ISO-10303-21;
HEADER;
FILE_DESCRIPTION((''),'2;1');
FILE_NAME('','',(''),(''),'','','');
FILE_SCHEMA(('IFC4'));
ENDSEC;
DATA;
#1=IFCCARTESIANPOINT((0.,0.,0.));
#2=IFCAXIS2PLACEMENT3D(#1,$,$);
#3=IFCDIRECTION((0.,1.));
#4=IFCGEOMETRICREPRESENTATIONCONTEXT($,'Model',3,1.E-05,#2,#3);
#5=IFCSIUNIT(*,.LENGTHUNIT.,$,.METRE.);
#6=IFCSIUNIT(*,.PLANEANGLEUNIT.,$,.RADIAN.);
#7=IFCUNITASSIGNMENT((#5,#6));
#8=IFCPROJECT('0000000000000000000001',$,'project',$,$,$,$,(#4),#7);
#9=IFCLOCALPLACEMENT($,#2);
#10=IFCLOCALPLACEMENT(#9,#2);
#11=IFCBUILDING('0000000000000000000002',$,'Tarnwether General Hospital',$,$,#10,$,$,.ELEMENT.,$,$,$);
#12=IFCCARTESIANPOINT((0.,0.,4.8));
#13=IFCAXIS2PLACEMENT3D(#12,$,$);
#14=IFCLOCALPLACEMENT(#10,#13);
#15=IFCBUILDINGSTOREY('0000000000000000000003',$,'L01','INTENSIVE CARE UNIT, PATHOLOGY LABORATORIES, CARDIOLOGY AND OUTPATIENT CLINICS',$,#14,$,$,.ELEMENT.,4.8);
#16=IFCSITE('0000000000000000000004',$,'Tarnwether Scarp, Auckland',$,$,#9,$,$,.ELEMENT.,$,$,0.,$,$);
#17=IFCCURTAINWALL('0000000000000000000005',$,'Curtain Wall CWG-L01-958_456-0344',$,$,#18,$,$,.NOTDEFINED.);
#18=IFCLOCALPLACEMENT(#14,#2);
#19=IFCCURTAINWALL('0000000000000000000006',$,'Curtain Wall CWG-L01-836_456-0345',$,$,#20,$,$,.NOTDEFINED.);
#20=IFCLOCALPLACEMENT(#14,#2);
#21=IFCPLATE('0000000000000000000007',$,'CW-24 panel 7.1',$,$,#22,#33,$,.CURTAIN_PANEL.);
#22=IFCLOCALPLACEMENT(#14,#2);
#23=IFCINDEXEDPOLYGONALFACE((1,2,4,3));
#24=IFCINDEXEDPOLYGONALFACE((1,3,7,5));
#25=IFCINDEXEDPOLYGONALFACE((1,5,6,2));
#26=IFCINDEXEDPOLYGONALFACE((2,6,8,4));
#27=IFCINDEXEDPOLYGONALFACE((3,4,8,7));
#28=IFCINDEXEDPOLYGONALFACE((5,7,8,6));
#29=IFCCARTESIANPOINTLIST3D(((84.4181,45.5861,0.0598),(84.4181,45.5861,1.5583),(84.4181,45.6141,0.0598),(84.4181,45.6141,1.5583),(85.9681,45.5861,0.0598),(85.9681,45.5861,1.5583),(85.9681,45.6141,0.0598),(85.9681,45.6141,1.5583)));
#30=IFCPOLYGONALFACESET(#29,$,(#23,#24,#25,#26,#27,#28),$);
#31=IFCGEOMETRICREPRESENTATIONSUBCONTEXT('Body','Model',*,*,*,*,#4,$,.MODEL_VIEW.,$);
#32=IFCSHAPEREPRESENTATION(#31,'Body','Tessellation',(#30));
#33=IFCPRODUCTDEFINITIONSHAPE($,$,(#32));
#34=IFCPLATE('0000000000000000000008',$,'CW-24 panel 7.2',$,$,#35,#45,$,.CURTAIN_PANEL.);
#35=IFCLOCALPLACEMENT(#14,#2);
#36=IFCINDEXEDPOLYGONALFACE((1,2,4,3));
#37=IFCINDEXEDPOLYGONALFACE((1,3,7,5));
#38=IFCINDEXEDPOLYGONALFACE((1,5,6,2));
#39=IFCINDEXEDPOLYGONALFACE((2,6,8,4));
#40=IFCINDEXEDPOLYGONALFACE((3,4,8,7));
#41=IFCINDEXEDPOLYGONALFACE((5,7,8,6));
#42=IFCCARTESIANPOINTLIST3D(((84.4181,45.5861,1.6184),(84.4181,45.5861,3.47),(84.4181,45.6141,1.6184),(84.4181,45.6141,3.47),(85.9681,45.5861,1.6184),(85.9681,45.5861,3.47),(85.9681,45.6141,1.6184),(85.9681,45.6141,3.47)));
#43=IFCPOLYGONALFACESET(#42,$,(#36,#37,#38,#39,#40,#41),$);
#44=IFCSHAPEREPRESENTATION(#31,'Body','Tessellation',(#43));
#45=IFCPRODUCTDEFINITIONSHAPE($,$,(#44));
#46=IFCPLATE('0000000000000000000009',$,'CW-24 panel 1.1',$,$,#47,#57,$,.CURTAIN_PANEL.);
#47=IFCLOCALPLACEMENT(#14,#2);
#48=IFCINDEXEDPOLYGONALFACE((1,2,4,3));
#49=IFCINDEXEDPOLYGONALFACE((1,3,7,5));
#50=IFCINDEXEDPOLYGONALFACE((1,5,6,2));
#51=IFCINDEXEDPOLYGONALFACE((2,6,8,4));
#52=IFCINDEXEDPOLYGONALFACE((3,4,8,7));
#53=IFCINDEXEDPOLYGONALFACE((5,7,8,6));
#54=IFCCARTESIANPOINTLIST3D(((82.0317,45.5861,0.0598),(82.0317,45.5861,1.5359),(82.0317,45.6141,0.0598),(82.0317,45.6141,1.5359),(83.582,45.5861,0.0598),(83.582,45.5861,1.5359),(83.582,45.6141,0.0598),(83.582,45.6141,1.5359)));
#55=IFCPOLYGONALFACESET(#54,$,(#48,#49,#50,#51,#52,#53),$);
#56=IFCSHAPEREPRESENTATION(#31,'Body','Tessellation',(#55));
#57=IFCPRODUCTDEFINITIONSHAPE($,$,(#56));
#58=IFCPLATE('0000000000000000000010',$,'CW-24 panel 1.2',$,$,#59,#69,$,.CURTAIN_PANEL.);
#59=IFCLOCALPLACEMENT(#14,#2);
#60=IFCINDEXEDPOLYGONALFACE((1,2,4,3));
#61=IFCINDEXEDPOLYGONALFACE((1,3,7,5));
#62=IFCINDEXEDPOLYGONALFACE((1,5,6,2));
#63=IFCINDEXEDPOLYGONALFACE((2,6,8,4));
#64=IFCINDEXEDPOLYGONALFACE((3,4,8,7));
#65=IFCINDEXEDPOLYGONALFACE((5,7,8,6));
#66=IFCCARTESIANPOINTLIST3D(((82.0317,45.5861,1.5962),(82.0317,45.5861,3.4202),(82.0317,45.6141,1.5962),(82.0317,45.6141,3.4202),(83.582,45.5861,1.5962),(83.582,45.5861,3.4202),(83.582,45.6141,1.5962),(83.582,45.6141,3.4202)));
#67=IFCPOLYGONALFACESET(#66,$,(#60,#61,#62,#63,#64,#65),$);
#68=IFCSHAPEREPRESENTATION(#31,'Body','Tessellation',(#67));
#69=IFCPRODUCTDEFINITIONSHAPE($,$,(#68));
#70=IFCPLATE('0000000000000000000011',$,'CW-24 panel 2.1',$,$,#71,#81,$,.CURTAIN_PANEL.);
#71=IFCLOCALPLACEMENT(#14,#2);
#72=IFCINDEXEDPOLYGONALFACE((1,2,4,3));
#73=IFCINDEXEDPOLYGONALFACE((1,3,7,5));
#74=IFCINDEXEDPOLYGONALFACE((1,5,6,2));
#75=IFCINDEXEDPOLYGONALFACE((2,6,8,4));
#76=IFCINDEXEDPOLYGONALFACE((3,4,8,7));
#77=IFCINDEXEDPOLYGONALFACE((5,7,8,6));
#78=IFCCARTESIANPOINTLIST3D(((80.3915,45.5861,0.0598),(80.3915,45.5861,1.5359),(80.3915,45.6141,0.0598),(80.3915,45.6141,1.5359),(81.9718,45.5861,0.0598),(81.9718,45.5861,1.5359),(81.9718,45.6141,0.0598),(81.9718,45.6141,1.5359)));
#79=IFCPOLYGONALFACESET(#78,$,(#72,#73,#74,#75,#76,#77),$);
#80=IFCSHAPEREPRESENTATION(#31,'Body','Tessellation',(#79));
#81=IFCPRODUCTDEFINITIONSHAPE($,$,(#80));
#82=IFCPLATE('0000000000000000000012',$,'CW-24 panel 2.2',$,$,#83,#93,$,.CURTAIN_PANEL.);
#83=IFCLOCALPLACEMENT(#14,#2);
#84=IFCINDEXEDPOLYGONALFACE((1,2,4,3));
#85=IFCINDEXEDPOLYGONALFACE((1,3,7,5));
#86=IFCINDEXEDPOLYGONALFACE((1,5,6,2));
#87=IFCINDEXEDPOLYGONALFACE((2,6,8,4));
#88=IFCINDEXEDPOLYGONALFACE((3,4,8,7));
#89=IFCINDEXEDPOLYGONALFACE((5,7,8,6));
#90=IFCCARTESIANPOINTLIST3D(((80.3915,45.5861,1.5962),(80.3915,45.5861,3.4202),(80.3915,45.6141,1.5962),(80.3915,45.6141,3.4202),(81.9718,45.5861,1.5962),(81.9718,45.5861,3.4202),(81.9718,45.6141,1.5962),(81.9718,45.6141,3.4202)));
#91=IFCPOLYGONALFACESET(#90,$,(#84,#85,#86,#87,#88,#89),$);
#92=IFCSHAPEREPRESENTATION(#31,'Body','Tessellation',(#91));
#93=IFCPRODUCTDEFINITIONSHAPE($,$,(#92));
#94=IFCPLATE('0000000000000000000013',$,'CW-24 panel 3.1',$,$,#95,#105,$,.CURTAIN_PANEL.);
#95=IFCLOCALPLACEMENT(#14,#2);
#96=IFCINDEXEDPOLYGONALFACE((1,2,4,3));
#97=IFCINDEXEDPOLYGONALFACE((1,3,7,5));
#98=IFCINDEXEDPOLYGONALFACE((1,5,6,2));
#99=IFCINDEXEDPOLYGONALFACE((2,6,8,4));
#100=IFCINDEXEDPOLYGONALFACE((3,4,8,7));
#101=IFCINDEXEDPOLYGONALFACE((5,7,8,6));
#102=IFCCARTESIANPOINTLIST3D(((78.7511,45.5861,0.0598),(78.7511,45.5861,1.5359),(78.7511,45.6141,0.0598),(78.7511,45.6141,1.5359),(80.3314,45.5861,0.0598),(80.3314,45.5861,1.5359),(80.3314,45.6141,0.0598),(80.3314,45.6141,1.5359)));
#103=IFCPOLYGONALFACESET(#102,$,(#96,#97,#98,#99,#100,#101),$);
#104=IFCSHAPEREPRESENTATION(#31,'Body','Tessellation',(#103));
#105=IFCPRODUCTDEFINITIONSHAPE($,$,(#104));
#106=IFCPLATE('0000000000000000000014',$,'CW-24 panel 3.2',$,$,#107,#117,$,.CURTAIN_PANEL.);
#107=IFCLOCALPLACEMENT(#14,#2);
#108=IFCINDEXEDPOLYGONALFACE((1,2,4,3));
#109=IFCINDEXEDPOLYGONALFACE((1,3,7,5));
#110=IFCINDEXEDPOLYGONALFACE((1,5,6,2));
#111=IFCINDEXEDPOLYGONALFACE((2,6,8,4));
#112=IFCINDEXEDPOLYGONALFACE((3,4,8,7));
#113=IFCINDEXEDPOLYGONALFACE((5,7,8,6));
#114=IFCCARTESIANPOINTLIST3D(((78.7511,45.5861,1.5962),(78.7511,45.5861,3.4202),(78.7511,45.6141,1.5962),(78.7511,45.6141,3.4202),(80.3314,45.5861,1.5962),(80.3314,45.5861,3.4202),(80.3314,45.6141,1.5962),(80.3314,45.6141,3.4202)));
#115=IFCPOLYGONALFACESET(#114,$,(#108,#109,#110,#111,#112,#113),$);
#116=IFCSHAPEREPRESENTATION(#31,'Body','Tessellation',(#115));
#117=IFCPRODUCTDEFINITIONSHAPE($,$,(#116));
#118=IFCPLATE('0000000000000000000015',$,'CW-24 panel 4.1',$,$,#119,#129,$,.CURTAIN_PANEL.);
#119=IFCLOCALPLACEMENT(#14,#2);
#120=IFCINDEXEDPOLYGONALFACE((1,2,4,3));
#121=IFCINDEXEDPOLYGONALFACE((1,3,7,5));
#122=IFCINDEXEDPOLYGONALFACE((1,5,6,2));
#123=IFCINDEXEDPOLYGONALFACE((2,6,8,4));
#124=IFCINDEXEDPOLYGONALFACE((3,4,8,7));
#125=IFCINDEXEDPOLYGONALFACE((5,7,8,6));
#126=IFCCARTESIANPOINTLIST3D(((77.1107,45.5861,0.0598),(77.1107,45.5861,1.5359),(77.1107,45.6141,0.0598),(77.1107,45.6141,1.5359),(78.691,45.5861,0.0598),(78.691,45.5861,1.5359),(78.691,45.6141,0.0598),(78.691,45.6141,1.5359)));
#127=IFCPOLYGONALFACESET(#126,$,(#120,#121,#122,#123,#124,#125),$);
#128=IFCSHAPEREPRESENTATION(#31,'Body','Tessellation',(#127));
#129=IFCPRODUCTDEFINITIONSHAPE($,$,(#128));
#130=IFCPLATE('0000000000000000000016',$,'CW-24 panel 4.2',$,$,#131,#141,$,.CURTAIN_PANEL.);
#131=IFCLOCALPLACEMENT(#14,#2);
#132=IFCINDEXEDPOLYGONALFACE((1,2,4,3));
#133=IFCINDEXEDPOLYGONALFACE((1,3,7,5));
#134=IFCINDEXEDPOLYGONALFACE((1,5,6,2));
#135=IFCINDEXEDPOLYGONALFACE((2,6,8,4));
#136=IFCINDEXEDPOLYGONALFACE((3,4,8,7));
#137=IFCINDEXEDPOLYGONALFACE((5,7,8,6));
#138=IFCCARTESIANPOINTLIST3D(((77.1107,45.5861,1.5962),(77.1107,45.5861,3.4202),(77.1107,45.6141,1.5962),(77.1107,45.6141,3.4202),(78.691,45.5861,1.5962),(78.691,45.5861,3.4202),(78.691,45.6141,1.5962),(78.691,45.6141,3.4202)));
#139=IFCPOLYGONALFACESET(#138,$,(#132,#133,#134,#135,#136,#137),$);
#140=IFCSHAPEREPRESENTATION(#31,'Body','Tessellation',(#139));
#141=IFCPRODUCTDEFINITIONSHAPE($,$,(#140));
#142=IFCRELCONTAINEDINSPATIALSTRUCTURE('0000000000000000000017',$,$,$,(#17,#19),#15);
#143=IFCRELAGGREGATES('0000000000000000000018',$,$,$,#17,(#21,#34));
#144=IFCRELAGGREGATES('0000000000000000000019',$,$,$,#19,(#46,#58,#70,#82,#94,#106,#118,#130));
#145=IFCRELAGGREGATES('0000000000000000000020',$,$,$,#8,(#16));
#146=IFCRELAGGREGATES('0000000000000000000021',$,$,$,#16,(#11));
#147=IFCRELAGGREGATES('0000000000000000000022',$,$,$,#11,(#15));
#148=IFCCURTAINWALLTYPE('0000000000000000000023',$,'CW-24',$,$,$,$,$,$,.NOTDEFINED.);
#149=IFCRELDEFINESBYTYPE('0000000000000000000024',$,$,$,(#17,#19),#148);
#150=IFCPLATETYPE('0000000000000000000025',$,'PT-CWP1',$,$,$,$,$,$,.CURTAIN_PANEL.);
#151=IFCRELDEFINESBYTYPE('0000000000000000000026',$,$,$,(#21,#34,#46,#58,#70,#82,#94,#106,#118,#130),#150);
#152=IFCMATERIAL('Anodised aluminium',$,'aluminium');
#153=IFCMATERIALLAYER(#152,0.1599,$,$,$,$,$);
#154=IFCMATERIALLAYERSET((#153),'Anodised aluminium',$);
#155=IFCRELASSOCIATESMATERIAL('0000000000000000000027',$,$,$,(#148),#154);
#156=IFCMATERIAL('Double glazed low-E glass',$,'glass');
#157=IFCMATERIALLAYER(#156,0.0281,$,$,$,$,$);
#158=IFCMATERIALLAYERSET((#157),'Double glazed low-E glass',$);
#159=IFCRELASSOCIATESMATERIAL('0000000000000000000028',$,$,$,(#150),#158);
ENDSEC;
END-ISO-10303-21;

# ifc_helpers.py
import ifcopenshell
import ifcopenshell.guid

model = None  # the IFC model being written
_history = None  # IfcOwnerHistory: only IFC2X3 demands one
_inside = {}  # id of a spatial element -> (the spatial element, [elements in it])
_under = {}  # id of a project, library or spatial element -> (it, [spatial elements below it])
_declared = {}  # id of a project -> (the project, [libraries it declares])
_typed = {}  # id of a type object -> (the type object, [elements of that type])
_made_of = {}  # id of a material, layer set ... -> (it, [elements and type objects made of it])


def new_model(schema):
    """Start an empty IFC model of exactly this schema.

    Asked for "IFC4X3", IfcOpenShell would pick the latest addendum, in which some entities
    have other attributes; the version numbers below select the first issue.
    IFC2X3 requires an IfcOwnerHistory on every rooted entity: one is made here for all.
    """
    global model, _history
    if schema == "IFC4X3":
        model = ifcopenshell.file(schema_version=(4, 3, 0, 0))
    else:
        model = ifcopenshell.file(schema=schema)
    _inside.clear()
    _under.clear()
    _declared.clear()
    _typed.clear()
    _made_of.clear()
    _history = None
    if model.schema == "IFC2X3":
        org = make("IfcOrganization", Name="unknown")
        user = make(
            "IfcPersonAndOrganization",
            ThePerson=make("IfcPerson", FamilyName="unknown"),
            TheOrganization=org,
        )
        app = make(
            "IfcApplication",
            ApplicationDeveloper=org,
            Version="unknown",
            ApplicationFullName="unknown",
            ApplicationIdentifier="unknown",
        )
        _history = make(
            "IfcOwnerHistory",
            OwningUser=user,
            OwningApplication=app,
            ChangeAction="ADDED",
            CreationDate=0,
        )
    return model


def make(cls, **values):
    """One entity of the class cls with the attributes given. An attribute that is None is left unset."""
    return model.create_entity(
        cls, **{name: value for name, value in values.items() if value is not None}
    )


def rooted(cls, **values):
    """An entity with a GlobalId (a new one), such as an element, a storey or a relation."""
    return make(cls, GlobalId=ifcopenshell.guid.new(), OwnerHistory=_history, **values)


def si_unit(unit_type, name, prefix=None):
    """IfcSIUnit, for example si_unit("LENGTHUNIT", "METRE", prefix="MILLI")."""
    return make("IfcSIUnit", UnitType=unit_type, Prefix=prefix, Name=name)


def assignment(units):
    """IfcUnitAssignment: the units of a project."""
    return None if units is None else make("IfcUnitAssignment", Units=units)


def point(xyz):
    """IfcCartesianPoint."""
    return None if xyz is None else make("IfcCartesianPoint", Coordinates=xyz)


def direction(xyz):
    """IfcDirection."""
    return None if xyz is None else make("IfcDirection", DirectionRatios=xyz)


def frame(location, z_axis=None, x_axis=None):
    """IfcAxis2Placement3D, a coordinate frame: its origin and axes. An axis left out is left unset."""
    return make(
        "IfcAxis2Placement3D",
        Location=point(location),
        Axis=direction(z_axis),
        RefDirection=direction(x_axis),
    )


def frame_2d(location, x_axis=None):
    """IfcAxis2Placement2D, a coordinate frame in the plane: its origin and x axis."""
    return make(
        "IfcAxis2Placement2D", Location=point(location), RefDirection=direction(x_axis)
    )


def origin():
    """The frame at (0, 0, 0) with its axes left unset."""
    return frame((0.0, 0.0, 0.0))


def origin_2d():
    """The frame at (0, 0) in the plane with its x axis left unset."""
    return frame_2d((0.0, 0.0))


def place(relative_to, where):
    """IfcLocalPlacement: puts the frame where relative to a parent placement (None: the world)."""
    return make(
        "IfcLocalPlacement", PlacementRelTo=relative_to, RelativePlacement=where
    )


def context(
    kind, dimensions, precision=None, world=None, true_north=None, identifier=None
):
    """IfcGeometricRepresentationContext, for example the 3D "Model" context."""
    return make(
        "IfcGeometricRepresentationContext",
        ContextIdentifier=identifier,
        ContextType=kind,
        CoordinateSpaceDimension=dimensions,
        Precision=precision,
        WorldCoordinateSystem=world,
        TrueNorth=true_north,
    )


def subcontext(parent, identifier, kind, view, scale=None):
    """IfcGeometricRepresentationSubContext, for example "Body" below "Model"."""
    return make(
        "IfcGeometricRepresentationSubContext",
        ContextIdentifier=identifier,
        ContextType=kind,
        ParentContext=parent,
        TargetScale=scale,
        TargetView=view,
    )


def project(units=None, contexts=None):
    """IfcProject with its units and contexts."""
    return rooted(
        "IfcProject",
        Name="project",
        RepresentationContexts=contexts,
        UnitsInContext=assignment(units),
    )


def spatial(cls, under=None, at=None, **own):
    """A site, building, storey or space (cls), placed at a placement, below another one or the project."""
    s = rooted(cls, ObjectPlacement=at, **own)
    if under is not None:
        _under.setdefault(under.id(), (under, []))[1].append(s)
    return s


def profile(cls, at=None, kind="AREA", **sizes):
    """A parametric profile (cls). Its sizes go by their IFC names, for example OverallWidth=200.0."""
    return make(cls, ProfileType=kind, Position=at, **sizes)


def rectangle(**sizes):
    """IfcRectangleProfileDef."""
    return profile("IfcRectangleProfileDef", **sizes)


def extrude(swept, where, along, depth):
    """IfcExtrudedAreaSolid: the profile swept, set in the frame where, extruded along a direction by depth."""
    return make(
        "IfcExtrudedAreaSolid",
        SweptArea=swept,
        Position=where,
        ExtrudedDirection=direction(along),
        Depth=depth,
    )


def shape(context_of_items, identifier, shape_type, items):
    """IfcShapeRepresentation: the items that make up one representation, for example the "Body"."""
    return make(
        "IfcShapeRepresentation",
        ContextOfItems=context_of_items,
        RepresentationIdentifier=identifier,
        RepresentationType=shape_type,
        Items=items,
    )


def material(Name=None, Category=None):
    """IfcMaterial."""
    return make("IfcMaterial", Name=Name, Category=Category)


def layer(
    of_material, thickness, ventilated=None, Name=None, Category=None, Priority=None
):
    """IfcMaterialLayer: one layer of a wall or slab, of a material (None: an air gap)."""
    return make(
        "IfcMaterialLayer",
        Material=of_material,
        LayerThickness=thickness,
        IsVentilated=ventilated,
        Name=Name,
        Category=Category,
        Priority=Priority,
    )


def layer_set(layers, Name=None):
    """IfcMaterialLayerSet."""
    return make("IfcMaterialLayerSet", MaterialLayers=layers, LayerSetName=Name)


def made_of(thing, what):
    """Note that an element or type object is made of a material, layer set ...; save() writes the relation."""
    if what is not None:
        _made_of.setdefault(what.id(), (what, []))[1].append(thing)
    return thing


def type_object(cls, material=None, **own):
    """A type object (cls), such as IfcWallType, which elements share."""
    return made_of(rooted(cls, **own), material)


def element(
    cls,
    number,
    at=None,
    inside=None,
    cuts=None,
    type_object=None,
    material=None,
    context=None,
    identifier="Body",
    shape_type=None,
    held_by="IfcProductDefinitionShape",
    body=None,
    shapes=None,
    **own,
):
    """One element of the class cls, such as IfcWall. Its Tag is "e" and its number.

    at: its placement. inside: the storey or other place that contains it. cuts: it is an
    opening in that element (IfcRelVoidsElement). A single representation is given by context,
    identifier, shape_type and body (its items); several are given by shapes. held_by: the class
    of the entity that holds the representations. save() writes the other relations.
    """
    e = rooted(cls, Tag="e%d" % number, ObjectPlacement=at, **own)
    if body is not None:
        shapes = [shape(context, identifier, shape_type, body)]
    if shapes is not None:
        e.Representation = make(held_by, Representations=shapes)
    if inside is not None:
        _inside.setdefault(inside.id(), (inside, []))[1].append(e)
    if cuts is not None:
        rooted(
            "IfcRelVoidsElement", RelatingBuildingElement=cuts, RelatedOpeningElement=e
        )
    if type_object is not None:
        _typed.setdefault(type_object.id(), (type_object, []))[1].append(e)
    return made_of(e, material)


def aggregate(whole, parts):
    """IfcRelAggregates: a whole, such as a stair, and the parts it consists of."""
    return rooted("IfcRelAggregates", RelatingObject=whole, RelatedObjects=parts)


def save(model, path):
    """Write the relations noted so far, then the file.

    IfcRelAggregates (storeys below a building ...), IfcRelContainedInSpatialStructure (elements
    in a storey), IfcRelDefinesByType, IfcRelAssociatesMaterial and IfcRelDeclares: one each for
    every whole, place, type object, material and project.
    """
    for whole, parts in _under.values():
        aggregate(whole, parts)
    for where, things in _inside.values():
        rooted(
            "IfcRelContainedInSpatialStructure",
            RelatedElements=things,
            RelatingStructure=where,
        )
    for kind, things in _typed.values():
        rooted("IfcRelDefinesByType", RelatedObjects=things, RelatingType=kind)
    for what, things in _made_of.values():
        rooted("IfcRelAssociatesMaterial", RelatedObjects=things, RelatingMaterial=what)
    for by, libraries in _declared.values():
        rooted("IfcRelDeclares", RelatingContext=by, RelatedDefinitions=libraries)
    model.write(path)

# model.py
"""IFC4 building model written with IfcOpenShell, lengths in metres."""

from ifc_helpers import new_model, si_unit, direction, frame, origin, origin_2d, place, context, subcontext, project, spatial, rectangle, extrude, material, layer, layer_set, type_object, element, aggregate, save


model = new_model("IFC4")

# Units and contexts
model_context = context("Model", 3, precision=1e-05, world=origin(), true_north=direction((0.0, 1.0)))
body_context = subcontext(model_context, "Body", "Model", "MODEL_VIEW")
ifc_project = project(units=[si_unit("LENGTHUNIT", "METRE"), si_unit("PLANEANGLEUNIT", "RADIAN")], contexts=[model_context])

# Site, building, storey
site_placement = place(None, origin())
site = spatial("IfcSite", under=ifc_project, at=site_placement, Name="Tarnwether Scarp, Auckland", CompositionType="ELEMENT", RefElevation=0.0)
building_placement = place(site_placement, origin())
building = spatial("IfcBuilding", under=site, at=building_placement, Name="Tarnwether General Hospital", CompositionType="ELEMENT")
storey_placement = place(building_placement, frame((0.0, 0.0, 4.8)))
storey = spatial("IfcBuildingStorey", under=building, at=storey_placement, Name="L01", Description="INTENSIVE CARE UNIT, PATHOLOGY LABORATORIES, CARDIOLOGY AND OUTPATIENT CLINICS", CompositionType="ELEMENT", Elevation=4.8)

# Curtain walls
ifc_material_1 = material(Name="Anodised aluminium", Category="aluminium")
ifc_layer_1 = layer(ifc_material_1, 0.1599)
ifc_layer_set_1 = layer_set([ifc_layer_1], Name="Anodised aluminium")
curtain_wall_type = type_object("IfcCurtainWallType", Name="CW-24", PredefinedType="NOTDEFINED", material=ifc_layer_set_1)
curtain_wall_1_placement = place(storey_placement, origin())
curtain_wall_1 = element("IfcCurtainWall", 1, at=curtain_wall_1_placement, inside=storey, type_object=curtain_wall_type, Name="Curtain Wall CWG-L01-958_456-0344", PredefinedType="NOTDEFINED")
curtain_wall_2_placement = place(storey_placement, origin())
curtain_wall_2 = element("IfcCurtainWall", 2, at=curtain_wall_2_placement, inside=storey, type_object=curtain_wall_type, Name="Curtain Wall CWG-L01-836_456-0345", PredefinedType="NOTDEFINED")

# Plates
ifc_material_2 = material(Name="Double glazed low-E glass", Category="glass")
ifc_layer_2 = layer(ifc_material_2, 0.0281)
ifc_layer_set_2 = layer_set([ifc_layer_2], Name="Double glazed low-E glass")
plate_type = type_object("IfcPlateType", Name="PT-CWP1", PredefinedType="CURTAIN_PANEL", material=ifc_layer_set_2)
plate_1_placement = place(storey_placement, frame((85.1931, 45.6001, 0.0598), z_axis=(0.0, 0.0, 1.0), x_axis=(-1.0, 0.0, 0.0)))
plate_1 = element("IfcPlate", 3, at=plate_1_placement, type_object=plate_type, Name="CW-24 panel 7.1", PredefinedType="CURTAIN_PANEL", context=body_context, shape_type="SweptSolid", body=[
    extrude(rectangle(XDim=1.55, YDim=0.0281, at=origin_2d()), origin(), (0.0, 0.0, 1.0), 1.4985),
])
plate_2_placement = place(storey_placement, frame((85.1931, 45.6001, 1.6184), z_axis=(0.0, 0.0, 1.0), x_axis=(-1.0, 0.0, 0.0)))
plate_2 = element("IfcPlate", 4, at=plate_2_placement, type_object=plate_type, Name="CW-24 panel 7.2", PredefinedType="CURTAIN_PANEL", context=body_context, shape_type="SweptSolid", body=[
    extrude(rectangle(XDim=1.55, YDim=0.0281, at=origin_2d()), origin(), (0.0, 0.0, 1.0), 1.8516),
])
aggregate(curtain_wall_1, [plate_1, plate_2])
plate_3_placement = place(storey_placement, frame((82.8069, 45.6001, 0.0598), z_axis=(0.0, 0.0, 1.0), x_axis=(-1.0, 0.0, 0.0)))
plate_3 = element("IfcPlate", 5, at=plate_3_placement, type_object=plate_type, Name="CW-24 panel 1.1", PredefinedType="CURTAIN_PANEL", context=body_context, shape_type="SweptSolid", body=[
    extrude(rectangle(XDim=1.5503, YDim=0.0281, at=origin_2d()), origin(), (0.0, 0.0, 1.0), 1.4761),
])
plate_4_placement = place(storey_placement, frame((82.8069, 45.6001, 1.5962), z_axis=(0.0, 0.0, 1.0), x_axis=(-1.0, 0.0, 0.0)))
plate_4 = element("IfcPlate", 6, at=plate_4_placement, type_object=plate_type, Name="CW-24 panel 1.2", PredefinedType="CURTAIN_PANEL", context=body_context, shape_type="SweptSolid", body=[
    extrude(rectangle(XDim=1.5503, YDim=0.0281, at=origin_2d()), origin(), (0.0, 0.0, 1.0), 1.824),
])
plate_5_placement = place(storey_placement, frame((81.1816, 45.6001, 0.0598), z_axis=(0.0, 0.0, 1.0), x_axis=(-1.0, 0.0, 0.0)))
plate_5 = element("IfcPlate", 7, at=plate_5_placement, type_object=plate_type, Name="CW-24 panel 2.1", PredefinedType="CURTAIN_PANEL", context=body_context, shape_type="SweptSolid", body=[
    extrude(rectangle(XDim=1.5803, YDim=0.0281, at=origin_2d()), origin(), (0.0, 0.0, 1.0), 1.4761),
])
plate_6_placement = place(storey_placement, frame((81.1816, 45.6001, 1.5962), z_axis=(0.0, 0.0, 1.0), x_axis=(-1.0, 0.0, 0.0)))
plate_6 = element("IfcPlate", 8, at=plate_6_placement, type_object=plate_type, Name="CW-24 panel 2.2", PredefinedType="CURTAIN_PANEL", context=body_context, shape_type="SweptSolid", body=[
    extrude(rectangle(XDim=1.5803, YDim=0.0281, at=origin_2d()), origin(), (0.0, 0.0, 1.0), 1.824),
])
plate_7_placement = place(storey_placement, frame((79.5413, 45.6001, 0.0598), z_axis=(0.0, 0.0, 1.0), x_axis=(-1.0, 0.0, 0.0)))
plate_7 = element("IfcPlate", 9, at=plate_7_placement, type_object=plate_type, Name="CW-24 panel 3.1", PredefinedType="CURTAIN_PANEL", context=body_context, shape_type="SweptSolid", body=[
    extrude(rectangle(XDim=1.5803, YDim=0.0281, at=origin_2d()), origin(), (0.0, 0.0, 1.0), 1.4761),
])
plate_8_placement = place(storey_placement, frame((79.5413, 45.6001, 1.5962), z_axis=(0.0, 0.0, 1.0), x_axis=(-1.0, 0.0, 0.0)))
plate_8 = element("IfcPlate", 10, at=plate_8_placement, type_object=plate_type, Name="CW-24 panel 3.2", PredefinedType="CURTAIN_PANEL", context=body_context, shape_type="SweptSolid", body=[
    extrude(rectangle(XDim=1.5803, YDim=0.0281, at=origin_2d()), origin(), (0.0, 0.0, 1.0), 1.824),
])
plate_9_placement = place(storey_placement, frame((77.9009, 45.6001, 0.0598), z_axis=(0.0, 0.0, 1.0), x_axis=(-1.0, 0.0, 0.0)))
plate_9 = element("IfcPlate", 11, at=plate_9_placement, type_object=plate_type, Name="CW-24 panel 4.1", PredefinedType="CURTAIN_PANEL", context=body_context, shape_type="SweptSolid", body=[
    extrude(rectangle(XDim=1.5803, YDim=0.0281, at=origin_2d()), origin(), (0.0, 0.0, 1.0), 1.4761),
])
plate_10_placement = place(storey_placement, frame((77.9009, 45.6001, 1.5962), z_axis=(0.0, 0.0, 1.0), x_axis=(-1.0, 0.0, 0.0)))
plate_10 = element("IfcPlate", 12, at=plate_10_placement, type_object=plate_type, Name="CW-24 panel 4.2", PredefinedType="CURTAIN_PANEL", context=body_context, shape_type="SweptSolid", body=[
    extrude(rectangle(XDim=1.5803, YDim=0.0281, at=origin_2d()), origin(), (0.0, 0.0, 1.0), 1.824),
])
aggregate(curtain_wall_2, [plate_3, plate_4, plate_5, plate_6, plate_7, plate_8, plate_9, plate_10])

save(model, "model.ifc")
